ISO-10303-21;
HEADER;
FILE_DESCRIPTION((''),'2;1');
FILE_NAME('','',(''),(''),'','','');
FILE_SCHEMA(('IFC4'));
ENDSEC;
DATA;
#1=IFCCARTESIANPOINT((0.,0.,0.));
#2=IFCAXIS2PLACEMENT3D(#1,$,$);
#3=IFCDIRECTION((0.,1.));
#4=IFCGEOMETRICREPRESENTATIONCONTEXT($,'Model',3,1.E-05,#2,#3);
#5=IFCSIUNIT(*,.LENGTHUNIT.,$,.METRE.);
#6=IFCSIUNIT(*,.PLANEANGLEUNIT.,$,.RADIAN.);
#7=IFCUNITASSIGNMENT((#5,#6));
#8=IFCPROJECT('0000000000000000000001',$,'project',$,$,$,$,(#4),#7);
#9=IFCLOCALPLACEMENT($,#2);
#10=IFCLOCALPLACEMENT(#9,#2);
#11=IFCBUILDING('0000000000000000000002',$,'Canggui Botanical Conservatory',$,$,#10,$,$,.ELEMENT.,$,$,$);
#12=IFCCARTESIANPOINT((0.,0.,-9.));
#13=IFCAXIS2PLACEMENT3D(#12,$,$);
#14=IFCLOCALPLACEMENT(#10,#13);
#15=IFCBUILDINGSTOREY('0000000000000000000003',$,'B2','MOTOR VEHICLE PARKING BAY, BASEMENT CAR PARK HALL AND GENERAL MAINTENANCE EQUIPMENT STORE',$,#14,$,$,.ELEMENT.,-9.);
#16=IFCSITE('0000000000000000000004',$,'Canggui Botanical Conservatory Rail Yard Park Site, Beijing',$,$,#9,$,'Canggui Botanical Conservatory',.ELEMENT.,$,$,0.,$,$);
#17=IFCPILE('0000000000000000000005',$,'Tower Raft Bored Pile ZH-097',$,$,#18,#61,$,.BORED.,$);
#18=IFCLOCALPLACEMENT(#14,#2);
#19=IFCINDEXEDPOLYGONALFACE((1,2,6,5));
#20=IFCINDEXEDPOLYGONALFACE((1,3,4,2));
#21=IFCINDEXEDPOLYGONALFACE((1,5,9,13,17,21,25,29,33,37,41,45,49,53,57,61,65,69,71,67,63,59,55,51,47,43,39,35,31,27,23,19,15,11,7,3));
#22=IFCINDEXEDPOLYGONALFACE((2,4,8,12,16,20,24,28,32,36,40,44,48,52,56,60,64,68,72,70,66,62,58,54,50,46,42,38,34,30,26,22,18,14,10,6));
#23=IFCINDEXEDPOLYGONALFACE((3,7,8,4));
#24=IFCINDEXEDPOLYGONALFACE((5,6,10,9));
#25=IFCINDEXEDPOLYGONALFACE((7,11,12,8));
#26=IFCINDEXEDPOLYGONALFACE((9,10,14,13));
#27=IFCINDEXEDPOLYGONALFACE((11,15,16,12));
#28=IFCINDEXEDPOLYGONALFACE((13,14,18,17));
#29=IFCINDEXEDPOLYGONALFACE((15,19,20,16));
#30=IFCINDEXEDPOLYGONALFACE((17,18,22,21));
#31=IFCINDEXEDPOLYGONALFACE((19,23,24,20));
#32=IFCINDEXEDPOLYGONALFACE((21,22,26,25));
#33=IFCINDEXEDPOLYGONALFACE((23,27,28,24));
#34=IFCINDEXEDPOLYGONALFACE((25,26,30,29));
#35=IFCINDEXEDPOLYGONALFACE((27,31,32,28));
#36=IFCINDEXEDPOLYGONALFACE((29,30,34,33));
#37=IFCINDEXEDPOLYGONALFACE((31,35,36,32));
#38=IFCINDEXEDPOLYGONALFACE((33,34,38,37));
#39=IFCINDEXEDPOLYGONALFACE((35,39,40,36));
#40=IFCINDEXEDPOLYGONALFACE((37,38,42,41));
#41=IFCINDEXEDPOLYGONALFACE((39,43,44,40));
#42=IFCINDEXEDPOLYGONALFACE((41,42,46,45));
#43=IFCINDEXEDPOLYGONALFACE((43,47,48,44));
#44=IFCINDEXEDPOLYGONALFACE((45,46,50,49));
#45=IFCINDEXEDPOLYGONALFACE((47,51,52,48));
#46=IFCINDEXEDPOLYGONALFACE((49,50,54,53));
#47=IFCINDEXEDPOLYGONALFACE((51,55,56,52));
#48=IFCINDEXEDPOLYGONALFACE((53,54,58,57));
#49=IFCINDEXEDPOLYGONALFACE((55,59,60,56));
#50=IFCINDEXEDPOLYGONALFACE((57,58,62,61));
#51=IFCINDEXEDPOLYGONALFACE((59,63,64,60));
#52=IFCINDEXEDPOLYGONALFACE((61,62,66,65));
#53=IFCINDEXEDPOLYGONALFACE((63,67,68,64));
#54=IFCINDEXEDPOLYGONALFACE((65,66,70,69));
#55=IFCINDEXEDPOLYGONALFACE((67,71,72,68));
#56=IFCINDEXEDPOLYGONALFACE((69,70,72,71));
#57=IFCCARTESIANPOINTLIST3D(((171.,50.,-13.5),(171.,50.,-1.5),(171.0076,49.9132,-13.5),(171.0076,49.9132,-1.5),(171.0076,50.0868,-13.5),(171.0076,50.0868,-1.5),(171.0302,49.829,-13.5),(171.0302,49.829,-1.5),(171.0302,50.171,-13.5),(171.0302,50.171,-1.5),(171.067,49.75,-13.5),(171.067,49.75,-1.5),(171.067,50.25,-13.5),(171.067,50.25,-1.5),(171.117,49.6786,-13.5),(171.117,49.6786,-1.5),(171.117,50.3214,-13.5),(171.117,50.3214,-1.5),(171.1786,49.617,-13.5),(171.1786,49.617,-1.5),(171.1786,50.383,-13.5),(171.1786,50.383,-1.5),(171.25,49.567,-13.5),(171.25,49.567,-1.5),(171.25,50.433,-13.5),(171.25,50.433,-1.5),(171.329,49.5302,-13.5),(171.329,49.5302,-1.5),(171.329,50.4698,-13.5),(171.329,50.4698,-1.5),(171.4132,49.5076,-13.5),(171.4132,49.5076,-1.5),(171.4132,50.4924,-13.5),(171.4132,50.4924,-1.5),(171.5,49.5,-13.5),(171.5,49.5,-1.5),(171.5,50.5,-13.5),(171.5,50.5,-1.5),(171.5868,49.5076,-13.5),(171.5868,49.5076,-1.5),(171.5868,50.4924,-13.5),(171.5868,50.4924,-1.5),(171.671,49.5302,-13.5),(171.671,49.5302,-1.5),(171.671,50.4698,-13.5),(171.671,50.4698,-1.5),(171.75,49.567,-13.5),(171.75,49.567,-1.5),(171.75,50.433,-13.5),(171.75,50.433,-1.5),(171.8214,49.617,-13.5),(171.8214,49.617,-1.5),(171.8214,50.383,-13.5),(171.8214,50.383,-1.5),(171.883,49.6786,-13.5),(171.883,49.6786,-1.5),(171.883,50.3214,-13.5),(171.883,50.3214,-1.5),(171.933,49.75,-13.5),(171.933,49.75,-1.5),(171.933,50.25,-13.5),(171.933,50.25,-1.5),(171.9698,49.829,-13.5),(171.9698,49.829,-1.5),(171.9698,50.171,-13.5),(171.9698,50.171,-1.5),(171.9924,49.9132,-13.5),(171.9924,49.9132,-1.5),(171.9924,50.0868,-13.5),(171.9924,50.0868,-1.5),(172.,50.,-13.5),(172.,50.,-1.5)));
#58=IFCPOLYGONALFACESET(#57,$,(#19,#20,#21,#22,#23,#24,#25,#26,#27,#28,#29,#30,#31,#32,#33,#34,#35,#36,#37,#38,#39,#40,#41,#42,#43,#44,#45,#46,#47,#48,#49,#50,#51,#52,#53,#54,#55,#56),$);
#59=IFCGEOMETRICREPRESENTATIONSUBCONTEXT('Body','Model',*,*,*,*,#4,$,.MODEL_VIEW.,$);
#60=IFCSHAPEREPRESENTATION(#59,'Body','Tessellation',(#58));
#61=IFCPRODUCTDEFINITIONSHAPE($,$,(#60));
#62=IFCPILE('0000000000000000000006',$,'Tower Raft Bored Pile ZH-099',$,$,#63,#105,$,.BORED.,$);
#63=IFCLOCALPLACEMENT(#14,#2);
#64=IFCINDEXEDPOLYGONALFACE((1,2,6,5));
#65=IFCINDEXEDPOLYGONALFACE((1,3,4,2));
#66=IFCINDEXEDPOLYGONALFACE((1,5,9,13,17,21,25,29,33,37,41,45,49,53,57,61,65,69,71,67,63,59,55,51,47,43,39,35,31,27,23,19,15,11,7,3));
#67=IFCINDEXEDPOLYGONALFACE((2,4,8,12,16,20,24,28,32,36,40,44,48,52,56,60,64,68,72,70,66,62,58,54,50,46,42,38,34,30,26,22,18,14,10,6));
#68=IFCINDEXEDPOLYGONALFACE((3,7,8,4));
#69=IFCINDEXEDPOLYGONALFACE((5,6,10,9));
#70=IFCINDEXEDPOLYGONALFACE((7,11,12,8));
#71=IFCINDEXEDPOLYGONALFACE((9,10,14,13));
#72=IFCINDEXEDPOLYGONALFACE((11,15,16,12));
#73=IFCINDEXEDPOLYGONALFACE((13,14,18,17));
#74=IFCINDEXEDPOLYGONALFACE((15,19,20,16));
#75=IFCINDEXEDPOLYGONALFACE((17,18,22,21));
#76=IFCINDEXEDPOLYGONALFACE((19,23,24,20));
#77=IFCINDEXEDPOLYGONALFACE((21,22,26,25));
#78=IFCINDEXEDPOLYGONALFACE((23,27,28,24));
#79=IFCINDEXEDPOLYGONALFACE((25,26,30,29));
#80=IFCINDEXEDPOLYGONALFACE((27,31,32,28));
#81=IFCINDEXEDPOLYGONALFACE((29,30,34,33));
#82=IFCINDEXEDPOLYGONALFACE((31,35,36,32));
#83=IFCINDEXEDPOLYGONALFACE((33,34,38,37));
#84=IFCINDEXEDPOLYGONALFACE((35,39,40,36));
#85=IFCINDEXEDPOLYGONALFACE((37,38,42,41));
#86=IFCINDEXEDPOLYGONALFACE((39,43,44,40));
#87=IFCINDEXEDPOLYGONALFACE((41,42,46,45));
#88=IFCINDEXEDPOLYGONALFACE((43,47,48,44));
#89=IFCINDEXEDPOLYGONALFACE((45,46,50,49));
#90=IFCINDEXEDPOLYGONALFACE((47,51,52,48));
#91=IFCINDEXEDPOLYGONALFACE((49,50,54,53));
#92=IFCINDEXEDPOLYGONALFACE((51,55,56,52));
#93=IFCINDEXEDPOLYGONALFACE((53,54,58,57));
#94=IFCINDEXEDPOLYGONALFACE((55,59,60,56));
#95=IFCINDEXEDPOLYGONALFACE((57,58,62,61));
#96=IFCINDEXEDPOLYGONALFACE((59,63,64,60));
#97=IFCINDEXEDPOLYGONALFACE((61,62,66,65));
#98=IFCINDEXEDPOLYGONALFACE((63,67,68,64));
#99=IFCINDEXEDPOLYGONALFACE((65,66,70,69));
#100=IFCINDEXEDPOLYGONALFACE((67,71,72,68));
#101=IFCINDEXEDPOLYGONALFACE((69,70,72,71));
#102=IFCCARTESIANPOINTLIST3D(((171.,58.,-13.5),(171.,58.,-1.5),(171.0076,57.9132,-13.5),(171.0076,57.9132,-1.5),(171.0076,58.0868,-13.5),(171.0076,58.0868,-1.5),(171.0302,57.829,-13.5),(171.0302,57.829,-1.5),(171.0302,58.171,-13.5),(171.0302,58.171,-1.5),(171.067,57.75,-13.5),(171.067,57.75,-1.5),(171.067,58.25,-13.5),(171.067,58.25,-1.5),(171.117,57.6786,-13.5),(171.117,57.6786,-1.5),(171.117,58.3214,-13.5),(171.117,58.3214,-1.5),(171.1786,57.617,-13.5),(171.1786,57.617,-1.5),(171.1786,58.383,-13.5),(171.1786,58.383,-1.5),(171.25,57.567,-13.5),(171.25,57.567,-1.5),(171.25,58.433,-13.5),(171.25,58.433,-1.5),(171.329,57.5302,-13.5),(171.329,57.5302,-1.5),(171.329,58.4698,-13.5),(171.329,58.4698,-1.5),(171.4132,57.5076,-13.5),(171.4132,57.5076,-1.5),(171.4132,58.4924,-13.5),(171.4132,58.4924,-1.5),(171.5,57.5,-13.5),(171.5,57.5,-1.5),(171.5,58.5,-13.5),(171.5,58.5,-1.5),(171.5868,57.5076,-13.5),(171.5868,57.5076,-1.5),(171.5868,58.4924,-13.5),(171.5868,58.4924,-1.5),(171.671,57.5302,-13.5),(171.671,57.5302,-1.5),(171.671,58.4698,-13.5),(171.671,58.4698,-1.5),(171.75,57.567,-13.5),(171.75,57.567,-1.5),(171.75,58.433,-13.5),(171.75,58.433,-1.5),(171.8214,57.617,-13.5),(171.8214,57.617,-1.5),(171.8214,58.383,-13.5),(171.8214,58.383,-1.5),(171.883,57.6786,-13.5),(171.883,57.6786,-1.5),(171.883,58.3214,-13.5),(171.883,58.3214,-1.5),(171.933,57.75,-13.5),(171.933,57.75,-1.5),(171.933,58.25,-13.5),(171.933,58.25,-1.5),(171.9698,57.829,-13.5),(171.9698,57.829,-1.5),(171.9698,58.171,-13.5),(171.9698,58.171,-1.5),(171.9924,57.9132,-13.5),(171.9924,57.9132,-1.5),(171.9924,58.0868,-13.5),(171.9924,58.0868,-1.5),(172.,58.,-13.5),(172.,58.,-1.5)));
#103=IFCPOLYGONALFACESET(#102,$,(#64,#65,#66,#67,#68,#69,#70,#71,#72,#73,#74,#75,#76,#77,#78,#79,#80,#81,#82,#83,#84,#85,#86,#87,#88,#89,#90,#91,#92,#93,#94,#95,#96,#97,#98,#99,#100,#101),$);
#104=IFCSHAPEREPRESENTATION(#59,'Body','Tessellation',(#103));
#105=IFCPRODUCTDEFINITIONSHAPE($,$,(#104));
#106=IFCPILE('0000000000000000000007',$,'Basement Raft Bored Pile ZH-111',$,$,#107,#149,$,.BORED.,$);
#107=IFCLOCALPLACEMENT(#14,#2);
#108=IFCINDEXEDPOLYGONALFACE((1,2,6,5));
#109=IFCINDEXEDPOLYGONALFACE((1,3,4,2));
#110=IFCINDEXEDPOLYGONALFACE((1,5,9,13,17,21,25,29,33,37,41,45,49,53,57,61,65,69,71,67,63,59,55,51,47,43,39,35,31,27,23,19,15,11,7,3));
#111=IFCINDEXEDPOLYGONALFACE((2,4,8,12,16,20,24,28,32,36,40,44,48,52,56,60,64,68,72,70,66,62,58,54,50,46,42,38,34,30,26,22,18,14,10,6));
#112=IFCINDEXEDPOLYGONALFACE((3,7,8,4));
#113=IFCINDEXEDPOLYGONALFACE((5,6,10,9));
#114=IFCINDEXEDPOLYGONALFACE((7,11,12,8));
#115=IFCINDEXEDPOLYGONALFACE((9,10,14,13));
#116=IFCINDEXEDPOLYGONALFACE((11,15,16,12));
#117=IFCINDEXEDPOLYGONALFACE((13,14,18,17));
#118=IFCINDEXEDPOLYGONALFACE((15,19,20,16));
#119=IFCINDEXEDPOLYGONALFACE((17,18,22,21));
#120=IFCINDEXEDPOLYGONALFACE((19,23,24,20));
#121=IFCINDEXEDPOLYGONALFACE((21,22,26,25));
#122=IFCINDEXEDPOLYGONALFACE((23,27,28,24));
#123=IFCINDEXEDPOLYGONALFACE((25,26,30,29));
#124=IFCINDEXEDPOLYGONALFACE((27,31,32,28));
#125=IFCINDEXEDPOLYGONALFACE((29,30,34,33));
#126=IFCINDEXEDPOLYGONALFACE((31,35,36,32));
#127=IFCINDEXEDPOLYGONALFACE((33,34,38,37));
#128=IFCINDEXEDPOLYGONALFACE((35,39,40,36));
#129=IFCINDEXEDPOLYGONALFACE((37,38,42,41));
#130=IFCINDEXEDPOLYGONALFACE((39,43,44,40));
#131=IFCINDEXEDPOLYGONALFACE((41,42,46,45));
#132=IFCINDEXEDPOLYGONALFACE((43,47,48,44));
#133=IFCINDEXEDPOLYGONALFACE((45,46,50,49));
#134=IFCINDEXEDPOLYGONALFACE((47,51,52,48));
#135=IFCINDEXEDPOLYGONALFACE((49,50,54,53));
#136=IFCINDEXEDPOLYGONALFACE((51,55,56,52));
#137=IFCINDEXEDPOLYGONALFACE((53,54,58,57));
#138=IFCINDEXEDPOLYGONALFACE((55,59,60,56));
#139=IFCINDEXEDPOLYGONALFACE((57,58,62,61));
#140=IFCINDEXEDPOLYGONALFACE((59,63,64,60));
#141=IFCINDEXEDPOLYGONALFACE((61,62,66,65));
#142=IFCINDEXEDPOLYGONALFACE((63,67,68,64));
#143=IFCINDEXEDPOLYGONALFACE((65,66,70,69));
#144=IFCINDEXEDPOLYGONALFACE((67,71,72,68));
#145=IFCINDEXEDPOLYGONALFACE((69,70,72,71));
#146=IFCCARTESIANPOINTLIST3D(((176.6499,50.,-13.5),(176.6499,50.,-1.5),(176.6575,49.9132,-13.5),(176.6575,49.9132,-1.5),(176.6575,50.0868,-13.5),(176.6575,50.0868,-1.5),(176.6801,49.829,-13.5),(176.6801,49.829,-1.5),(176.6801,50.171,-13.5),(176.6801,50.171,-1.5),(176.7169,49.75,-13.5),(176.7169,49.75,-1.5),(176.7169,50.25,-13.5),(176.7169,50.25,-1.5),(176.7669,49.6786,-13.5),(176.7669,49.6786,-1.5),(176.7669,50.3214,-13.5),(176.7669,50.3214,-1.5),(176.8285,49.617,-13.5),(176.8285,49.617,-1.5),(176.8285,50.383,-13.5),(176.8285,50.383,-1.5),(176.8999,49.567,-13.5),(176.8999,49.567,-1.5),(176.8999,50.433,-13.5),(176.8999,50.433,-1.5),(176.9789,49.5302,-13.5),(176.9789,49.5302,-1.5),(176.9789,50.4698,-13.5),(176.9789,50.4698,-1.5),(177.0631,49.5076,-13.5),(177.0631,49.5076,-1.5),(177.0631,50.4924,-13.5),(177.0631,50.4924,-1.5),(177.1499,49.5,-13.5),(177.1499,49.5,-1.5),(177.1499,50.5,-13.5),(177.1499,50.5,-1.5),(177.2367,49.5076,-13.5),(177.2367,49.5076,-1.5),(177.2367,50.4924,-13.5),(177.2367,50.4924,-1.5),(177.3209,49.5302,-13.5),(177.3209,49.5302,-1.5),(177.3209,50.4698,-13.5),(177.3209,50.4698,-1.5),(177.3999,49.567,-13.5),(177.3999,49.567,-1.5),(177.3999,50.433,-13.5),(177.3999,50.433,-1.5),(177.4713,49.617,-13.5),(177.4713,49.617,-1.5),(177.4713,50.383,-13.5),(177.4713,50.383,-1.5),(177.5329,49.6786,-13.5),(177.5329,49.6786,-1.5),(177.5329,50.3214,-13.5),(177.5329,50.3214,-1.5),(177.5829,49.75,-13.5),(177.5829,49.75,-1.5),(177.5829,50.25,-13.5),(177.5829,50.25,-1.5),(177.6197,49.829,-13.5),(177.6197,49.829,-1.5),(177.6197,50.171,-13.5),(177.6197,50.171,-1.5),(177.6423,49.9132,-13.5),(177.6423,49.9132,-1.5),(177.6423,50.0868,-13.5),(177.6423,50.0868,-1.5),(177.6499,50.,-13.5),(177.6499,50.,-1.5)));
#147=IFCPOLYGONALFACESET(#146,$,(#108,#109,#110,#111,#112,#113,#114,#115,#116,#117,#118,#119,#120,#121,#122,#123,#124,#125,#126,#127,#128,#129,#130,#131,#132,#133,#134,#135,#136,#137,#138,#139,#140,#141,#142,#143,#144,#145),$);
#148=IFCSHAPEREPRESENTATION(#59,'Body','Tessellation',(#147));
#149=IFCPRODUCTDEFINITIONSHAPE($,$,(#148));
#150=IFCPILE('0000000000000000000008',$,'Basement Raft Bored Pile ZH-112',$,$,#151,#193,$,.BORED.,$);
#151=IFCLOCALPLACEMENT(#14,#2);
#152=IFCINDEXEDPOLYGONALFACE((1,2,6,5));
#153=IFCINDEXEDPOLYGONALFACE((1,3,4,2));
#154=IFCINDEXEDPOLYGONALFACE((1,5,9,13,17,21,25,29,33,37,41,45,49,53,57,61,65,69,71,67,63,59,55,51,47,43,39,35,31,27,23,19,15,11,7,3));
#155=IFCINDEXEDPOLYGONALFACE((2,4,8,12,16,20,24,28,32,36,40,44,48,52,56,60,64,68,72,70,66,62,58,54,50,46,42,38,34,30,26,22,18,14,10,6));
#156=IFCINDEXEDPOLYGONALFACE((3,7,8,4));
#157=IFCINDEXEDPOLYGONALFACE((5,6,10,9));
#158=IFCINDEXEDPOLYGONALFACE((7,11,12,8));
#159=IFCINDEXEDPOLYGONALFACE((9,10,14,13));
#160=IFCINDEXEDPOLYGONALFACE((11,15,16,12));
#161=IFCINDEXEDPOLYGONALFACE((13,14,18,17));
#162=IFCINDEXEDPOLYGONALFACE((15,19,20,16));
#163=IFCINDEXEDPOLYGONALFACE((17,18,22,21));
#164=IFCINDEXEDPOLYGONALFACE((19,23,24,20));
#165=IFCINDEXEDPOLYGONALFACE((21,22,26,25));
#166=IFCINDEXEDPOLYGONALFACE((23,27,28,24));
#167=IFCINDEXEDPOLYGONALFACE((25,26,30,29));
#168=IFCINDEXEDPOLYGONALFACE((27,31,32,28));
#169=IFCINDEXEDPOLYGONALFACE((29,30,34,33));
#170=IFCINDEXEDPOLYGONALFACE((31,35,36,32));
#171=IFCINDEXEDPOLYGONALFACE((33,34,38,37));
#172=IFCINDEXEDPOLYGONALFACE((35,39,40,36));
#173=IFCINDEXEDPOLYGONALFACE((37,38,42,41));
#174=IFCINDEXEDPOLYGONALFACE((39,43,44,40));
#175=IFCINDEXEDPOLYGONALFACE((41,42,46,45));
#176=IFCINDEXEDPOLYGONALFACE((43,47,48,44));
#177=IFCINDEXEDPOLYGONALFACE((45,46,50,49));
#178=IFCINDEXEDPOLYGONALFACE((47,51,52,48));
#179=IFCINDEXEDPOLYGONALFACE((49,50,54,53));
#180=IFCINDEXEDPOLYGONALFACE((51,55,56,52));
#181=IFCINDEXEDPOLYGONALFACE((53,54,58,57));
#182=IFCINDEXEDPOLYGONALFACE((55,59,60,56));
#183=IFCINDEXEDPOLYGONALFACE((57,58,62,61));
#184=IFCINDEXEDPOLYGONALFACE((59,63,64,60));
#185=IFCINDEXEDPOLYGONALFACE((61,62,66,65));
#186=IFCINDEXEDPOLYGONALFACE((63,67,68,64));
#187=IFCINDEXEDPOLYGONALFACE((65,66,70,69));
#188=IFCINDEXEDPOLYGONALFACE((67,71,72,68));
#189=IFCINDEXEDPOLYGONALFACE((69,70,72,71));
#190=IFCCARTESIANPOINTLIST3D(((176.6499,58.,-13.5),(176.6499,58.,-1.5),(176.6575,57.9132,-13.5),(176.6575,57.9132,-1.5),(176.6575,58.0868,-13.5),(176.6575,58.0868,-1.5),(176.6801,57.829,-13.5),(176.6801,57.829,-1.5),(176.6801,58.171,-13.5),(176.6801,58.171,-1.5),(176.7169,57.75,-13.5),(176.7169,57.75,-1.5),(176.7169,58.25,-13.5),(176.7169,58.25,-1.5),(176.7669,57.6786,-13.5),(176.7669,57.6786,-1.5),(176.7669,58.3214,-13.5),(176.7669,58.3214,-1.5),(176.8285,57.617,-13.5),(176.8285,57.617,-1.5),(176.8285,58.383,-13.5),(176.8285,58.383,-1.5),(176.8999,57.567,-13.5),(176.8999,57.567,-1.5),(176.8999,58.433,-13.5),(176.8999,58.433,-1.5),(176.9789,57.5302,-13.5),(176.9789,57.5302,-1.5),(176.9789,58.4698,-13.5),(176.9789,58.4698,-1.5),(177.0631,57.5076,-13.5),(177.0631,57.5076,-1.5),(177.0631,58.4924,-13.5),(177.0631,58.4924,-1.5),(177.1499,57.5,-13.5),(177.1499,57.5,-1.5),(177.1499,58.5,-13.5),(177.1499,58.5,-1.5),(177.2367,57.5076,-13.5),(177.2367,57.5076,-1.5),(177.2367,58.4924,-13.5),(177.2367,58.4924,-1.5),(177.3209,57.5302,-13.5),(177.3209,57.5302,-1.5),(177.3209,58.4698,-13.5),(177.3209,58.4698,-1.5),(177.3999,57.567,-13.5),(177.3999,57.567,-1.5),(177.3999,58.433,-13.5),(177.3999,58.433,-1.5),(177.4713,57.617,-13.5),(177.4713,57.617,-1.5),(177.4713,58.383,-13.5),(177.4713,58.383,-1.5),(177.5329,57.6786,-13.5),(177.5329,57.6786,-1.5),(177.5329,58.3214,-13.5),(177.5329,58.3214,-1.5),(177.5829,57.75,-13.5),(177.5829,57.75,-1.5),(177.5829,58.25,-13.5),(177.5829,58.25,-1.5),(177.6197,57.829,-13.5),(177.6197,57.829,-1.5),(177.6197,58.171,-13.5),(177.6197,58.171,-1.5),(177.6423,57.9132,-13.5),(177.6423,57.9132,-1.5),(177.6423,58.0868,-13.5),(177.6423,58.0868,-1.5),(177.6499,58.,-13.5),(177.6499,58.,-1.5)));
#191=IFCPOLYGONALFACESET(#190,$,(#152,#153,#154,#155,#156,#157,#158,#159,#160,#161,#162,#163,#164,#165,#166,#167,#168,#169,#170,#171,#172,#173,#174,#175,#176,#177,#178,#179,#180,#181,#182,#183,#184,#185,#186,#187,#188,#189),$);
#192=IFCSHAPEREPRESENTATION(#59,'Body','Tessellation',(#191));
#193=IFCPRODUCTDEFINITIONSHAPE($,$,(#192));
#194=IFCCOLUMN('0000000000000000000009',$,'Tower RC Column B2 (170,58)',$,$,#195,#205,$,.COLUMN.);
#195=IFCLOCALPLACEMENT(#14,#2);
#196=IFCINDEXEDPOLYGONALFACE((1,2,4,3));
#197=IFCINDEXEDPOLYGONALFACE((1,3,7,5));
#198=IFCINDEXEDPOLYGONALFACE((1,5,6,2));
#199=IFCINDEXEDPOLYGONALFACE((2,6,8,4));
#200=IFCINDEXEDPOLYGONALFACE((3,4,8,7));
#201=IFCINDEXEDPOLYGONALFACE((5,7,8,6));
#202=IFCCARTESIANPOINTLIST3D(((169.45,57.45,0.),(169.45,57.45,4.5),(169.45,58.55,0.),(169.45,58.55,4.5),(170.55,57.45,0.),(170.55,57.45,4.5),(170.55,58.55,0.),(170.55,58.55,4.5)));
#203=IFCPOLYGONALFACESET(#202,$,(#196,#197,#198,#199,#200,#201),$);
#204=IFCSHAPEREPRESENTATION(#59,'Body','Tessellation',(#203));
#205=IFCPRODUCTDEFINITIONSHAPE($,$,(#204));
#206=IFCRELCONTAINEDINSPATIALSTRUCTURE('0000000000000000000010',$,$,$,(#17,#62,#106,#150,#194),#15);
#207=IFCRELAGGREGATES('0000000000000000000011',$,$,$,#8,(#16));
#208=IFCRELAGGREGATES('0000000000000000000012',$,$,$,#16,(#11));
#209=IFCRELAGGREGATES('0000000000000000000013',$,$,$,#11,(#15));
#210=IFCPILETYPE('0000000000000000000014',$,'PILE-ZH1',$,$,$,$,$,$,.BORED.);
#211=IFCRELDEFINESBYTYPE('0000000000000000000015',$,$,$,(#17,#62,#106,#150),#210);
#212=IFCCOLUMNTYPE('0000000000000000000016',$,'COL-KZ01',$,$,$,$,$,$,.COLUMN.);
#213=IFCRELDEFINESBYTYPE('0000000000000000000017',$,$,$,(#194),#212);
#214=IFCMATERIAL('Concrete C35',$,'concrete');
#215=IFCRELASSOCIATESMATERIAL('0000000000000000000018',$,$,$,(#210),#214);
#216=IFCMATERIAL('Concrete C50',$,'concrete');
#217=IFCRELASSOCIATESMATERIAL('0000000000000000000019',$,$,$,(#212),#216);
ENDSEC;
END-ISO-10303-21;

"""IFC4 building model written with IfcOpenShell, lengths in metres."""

from ifc_helpers import new_model, si_unit, direction, frame, origin, origin_2d, place, context, subcontext, project, spatial, rectangle, circle, extrude, material, material_profile, profile_set, type_object, element, save


model = new_model("IFC4")

# Units and contexts
model_context = context("Model", 3, precision=1e-05, world=origin(), true_north=direction((0.0, 1.0)))
body_context = subcontext(model_context, "Body", "Model", "MODEL_VIEW")
ifc_project = project(units=[si_unit("LENGTHUNIT", "METRE"), si_unit("PLANEANGLEUNIT", "RADIAN")], contexts=[model_context])

# Site, building, storey
site_placement = place(None, origin())
site = spatial("IfcSite", under=ifc_project, at=site_placement, Name="Canggui Botanical Conservatory Rail Yard Park Site, Beijing", LongName="Canggui Botanical Conservatory", CompositionType="ELEMENT", RefElevation=0.0)
building_placement = place(site_placement, origin())
building = spatial("IfcBuilding", under=site, at=building_placement, Name="Canggui Botanical Conservatory", CompositionType="ELEMENT")
storey_placement = place(building_placement, frame((0.0, 0.0, -9.0)))
storey = spatial("IfcBuildingStorey", under=building, at=storey_placement, Name="B2", Description="MOTOR VEHICLE PARKING BAY, BASEMENT CAR PARK HALL AND GENERAL MAINTENANCE EQUIPMENT STORE", CompositionType="ELEMENT", Elevation=-9.0)

# Piles
ifc_material_1 = material(Name="Concrete C35", Category="concrete")
ifc_material_profile_1 = material_profile(ifc_material_1, circle(Radius=0.5, at=origin_2d()), Name="PILE D1000")
ifc_profile_set_1 = profile_set([ifc_material_profile_1], Name="Concrete C35")
pile_type = type_object("IfcPileType", Name="PILE-ZH1", PredefinedType="BORED", material=ifc_profile_set_1)
for number, where, z_axis, x_axis, name in (
    (1, (171.5, 50.0, -1.5), (0.0, 0.0, -1.0), (1.0, 0.0, 0.0), "Tower Raft Bored Pile ZH-097"),
    (2, (171.5, 58.0, -1.5), (0.0, 0.0, -1.0), (1.0, 0.0, 0.0), "Tower Raft Bored Pile ZH-099"),
    (3, (177.1499, 50.0, -1.5), (0.0, 0.0, -1.0), (1.0, 0.0, 0.0), "Basement Raft Bored Pile ZH-111"),
    (4, (177.1499, 58.0, -1.5), (0.0, 0.0, -1.0), (1.0, 0.0, 0.0), "Basement Raft Bored Pile ZH-112"),
):
    element("IfcPile", number, at=place(storey_placement, frame(where, z_axis=z_axis, x_axis=x_axis)), inside=storey, type_object=pile_type, Name=name, PredefinedType="BORED", context=body_context, shape_type="SweptSolid", body=[
        extrude(circle(Radius=0.5, at=origin_2d()), origin(), (0.0, 0.0, 1.0), 12.0),
    ])

# Column
ifc_material_2 = material(Name="Concrete C50", Category="concrete")
ifc_material_profile_2 = material_profile(ifc_material_2, rectangle(XDim=1.1001, YDim=1.1001, at=origin_2d()), Name="RC 1100x1100")
ifc_profile_set_2 = profile_set([ifc_material_profile_2], Name="Concrete C50")
column_type_1 = type_object("IfcColumnType", Name="COL-KZ01", PredefinedType="COLUMN", material=ifc_profile_set_2)
column_1_placement = place(storey_placement, frame((170.0, 58.0, 0.0), z_axis=(0.0, 0.0, 1.0), x_axis=(1.0, 0.0, 0.0)))
element("IfcColumn", 5, at=column_1_placement, inside=storey, type_object=column_type_1, Name="Tower RC Column B2 (170,58)", PredefinedType="COLUMN", context=body_context, shape_type="SweptSolid", body=[
    extrude(rectangle(XDim=1.1001, YDim=1.1001, at=origin_2d()), origin(), (0.0, 0.0, 1.0), 4.5),
])

save(model, "model.ifc")
